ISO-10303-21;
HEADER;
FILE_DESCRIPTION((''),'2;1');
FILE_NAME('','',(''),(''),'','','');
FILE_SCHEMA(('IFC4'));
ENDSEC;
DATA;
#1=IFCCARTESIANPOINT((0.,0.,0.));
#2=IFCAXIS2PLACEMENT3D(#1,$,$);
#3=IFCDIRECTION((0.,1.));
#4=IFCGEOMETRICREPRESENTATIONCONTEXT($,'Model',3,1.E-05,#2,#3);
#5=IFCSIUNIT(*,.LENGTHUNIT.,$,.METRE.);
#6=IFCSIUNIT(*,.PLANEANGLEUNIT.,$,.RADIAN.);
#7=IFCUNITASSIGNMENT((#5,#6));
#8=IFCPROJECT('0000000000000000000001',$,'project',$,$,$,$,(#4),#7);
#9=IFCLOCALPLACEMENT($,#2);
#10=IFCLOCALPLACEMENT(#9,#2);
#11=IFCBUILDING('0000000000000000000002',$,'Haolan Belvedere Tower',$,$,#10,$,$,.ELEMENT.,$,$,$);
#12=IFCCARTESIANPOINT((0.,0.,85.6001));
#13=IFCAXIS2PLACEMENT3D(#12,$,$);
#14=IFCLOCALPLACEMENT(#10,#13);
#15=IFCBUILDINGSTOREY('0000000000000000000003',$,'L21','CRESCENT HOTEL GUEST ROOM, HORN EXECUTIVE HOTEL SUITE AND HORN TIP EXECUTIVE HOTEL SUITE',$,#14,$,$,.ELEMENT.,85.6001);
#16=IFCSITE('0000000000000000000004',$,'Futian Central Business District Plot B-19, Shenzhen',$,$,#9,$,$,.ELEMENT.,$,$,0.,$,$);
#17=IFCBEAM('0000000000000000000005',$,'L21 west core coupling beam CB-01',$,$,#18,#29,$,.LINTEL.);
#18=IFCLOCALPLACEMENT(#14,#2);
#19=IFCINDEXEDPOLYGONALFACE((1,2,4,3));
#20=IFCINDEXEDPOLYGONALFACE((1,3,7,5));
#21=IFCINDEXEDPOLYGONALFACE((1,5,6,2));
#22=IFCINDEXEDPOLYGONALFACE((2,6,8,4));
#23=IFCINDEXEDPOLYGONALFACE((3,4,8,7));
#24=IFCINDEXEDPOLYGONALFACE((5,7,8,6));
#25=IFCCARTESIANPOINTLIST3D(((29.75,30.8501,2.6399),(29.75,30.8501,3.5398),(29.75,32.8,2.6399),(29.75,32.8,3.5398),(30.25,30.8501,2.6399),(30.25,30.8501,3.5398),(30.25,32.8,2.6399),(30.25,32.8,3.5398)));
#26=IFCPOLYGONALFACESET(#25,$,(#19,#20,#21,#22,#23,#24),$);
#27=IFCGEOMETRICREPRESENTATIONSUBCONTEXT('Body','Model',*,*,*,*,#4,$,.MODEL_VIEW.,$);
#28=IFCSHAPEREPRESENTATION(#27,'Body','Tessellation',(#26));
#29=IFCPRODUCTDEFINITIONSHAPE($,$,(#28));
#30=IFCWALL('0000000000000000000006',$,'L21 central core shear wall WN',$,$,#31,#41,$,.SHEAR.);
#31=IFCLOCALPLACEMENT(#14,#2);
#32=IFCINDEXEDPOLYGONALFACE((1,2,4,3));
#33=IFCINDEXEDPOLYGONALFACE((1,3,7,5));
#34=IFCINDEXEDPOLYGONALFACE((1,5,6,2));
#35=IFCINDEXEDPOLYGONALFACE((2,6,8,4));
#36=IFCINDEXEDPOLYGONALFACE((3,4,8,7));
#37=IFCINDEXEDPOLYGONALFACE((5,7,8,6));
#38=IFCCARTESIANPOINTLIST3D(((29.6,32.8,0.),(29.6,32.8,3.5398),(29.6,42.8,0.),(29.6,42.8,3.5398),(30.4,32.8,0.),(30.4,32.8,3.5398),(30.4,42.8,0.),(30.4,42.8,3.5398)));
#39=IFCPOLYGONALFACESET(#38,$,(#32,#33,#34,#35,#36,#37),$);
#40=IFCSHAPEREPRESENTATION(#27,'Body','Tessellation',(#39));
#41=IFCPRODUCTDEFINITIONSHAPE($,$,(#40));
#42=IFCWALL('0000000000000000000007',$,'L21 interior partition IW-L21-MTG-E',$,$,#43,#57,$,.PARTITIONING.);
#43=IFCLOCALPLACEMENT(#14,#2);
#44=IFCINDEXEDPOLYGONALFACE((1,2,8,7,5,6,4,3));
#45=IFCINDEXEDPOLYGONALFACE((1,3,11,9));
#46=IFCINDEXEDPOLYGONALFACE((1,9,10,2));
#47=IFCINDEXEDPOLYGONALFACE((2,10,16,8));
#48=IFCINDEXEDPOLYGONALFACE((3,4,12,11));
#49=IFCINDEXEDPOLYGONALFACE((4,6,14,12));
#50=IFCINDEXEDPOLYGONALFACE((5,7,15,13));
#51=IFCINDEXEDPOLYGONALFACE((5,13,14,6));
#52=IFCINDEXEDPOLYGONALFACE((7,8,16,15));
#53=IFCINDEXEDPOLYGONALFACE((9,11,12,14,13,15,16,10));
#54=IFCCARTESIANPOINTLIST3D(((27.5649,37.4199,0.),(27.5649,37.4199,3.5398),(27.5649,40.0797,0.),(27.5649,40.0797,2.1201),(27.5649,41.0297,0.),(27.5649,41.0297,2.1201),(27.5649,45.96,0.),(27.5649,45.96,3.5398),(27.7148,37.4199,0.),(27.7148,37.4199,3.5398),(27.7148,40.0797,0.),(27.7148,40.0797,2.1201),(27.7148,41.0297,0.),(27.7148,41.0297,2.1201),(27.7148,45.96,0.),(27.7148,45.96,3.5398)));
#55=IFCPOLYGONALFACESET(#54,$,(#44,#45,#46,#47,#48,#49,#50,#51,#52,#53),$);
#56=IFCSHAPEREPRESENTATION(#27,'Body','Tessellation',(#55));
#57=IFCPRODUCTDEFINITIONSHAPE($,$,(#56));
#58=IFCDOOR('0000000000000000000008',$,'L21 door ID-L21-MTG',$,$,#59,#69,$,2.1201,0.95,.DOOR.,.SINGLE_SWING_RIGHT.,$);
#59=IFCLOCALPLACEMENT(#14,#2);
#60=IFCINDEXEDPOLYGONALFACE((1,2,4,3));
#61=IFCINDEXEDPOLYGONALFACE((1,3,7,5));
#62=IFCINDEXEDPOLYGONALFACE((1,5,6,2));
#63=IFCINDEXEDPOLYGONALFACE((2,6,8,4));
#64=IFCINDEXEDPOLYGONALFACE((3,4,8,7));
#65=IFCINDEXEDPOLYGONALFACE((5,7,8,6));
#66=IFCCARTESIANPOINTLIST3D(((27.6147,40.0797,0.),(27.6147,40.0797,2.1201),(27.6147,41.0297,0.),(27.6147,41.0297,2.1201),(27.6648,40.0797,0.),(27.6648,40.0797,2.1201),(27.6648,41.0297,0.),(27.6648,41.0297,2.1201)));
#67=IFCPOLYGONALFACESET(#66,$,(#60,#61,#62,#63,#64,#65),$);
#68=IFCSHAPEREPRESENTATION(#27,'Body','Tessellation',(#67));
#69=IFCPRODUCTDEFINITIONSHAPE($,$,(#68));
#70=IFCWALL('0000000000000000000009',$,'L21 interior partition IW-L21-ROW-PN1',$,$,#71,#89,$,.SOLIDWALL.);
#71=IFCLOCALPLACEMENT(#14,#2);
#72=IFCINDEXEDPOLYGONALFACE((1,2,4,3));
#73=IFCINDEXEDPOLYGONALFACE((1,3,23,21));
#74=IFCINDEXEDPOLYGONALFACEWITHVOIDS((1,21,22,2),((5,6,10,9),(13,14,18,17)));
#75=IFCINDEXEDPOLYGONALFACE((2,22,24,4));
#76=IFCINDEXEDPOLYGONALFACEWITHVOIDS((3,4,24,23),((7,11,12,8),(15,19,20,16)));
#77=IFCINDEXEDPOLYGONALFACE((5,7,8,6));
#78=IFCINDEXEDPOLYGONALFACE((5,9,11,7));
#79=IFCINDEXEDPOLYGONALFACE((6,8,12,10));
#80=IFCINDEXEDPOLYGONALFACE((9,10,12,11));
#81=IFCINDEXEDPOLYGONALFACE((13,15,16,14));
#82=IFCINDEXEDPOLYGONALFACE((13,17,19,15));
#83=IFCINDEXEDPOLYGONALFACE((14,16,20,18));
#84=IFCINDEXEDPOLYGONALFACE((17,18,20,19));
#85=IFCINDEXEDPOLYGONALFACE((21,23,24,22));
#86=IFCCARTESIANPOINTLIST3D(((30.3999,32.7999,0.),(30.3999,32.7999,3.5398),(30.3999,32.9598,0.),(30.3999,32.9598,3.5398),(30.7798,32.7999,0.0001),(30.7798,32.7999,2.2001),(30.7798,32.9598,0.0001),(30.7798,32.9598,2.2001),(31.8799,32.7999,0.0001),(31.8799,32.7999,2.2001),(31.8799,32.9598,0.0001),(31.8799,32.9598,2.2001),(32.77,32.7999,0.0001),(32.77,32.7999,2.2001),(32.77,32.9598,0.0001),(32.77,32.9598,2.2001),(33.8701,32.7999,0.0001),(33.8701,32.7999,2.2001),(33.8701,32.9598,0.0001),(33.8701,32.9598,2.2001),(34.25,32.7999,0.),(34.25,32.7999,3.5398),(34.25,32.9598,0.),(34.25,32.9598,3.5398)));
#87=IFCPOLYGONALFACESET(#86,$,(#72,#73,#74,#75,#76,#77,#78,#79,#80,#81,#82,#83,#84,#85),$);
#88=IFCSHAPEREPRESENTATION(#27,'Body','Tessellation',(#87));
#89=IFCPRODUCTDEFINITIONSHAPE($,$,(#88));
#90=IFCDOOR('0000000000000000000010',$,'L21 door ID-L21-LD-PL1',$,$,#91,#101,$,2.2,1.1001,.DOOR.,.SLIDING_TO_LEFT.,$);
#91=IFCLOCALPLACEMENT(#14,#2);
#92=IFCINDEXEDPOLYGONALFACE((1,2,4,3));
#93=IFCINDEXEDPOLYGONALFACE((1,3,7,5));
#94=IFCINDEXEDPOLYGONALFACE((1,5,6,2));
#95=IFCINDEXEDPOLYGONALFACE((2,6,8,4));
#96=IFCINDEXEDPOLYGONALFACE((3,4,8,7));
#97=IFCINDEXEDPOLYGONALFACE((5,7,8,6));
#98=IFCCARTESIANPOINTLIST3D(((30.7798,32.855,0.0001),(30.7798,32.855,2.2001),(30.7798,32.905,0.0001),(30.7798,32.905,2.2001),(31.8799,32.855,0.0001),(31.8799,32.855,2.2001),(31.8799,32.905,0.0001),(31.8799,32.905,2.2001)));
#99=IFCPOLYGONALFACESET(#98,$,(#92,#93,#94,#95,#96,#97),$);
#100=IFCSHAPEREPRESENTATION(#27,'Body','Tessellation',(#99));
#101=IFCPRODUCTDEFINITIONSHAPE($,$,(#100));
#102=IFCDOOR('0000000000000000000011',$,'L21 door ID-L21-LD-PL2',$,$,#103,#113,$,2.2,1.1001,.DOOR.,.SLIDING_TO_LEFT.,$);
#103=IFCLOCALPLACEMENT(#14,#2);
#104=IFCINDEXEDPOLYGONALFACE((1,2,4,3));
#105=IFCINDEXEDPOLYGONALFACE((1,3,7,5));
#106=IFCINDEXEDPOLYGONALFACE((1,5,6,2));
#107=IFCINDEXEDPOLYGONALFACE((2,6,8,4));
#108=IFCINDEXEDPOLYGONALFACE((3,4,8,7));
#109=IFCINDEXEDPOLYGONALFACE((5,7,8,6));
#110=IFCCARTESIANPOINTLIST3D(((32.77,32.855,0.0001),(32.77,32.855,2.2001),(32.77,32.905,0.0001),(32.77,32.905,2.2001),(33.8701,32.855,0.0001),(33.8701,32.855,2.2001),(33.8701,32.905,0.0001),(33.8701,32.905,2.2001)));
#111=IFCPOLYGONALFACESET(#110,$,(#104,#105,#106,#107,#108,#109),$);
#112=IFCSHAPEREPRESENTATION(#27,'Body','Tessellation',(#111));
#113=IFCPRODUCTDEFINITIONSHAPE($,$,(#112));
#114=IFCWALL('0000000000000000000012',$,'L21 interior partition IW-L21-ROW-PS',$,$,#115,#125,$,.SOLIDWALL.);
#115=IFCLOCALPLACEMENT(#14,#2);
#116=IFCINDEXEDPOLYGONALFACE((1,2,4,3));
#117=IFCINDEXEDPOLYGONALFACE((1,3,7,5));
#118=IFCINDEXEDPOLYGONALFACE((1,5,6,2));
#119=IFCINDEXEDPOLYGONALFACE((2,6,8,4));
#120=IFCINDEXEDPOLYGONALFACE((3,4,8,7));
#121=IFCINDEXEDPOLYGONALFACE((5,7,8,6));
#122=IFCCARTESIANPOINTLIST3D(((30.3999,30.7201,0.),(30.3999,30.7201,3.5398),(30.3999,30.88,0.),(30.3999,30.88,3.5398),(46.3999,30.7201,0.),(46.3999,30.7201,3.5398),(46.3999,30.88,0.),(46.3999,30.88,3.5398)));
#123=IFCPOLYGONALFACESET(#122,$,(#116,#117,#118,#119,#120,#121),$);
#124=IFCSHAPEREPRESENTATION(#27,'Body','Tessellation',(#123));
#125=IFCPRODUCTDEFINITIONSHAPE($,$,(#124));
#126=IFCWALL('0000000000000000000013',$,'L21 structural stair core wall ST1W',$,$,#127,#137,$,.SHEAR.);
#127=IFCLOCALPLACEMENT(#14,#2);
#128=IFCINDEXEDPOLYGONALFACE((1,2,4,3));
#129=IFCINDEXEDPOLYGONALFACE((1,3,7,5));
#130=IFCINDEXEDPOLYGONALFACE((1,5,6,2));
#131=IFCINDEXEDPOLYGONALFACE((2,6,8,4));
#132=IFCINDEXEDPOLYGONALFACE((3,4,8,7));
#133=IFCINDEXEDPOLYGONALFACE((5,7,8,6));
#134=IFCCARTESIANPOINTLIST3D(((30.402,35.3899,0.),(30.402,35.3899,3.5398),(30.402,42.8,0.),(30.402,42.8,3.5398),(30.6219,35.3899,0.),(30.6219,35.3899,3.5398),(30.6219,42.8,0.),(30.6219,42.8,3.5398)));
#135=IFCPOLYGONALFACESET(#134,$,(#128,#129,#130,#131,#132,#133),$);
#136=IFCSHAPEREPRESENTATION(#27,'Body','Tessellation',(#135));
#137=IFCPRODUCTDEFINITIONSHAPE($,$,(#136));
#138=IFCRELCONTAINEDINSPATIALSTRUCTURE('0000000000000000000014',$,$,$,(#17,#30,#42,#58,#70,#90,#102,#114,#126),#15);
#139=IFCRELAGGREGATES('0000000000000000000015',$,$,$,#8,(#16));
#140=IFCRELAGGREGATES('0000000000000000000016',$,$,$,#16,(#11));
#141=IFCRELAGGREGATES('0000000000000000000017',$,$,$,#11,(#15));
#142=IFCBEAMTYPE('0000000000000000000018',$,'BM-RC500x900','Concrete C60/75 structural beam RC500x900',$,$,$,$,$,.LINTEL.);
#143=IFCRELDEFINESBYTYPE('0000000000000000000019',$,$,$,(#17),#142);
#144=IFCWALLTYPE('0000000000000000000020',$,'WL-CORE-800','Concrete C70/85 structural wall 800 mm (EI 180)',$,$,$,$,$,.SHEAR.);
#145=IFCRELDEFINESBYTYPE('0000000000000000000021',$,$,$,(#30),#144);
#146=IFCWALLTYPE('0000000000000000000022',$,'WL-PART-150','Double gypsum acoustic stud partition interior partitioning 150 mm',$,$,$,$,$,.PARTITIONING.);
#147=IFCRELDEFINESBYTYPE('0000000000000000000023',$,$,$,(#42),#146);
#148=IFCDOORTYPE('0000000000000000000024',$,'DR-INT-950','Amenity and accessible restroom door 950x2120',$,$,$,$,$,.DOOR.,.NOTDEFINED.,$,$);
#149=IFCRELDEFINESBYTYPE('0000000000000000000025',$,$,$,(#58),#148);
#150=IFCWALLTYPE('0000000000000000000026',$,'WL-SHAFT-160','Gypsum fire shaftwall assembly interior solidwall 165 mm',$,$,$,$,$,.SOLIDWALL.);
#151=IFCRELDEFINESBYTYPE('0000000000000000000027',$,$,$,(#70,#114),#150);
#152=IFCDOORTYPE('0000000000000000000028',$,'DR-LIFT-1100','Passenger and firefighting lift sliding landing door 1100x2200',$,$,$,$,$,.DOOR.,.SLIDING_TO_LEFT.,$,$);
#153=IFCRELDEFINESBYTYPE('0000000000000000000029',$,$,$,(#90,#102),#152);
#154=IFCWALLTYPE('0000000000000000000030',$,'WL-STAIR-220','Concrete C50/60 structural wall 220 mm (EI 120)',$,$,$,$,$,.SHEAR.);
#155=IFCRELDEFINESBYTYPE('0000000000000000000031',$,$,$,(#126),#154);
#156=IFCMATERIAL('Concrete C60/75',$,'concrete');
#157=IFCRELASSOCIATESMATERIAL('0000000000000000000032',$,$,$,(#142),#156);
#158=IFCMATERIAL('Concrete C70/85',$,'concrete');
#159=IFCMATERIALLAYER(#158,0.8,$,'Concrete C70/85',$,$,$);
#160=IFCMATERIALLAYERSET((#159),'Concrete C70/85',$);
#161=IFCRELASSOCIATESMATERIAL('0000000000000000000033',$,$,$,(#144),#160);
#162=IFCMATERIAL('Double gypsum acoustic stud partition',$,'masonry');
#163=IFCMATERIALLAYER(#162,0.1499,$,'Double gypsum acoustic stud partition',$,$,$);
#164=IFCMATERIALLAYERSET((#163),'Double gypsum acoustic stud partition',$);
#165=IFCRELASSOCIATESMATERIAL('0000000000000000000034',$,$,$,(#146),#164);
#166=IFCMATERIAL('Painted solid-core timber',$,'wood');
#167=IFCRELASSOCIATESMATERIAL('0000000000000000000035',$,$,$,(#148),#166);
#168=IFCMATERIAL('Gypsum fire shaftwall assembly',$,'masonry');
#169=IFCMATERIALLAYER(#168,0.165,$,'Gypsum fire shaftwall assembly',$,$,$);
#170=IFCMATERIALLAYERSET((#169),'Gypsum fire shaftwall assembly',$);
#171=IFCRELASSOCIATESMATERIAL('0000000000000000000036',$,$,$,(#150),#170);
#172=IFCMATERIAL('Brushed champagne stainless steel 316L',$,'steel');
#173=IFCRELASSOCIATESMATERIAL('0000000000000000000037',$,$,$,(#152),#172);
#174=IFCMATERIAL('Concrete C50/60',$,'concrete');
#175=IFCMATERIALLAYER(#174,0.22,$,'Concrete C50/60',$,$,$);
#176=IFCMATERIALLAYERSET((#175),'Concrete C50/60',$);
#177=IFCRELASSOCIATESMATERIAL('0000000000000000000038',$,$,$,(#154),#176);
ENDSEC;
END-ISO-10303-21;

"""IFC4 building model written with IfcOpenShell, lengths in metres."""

from ifc_helpers import new_model, si_unit, direction, frame, frame_2d, origin, origin_2d, place, context, subcontext, project, spatial, rectangle, extrude, material, layer, layer_set, material_profile, profile_set, type_object, element, fill, save


model = new_model("IFC4")

# Units and contexts
model_context = context("Model", 3, precision=1e-05, world=origin(), true_north=direction((0.0, 1.0)))
body_context = subcontext(model_context, "Body", "Model", "MODEL_VIEW")
ifc_project = project(units=[si_unit("LENGTHUNIT", "METRE"), si_unit("PLANEANGLEUNIT", "RADIAN")], contexts=[model_context])

# Site, building, storey
site_placement = place(None, origin())
site = spatial("IfcSite", under=ifc_project, at=site_placement, Name="Futian Central Business District Plot B-19, Shenzhen", CompositionType="ELEMENT", RefElevation=0.0)
building_placement = place(site_placement, origin())
building = spatial("IfcBuilding", under=site, at=building_placement, Name="Haolan Belvedere Tower", CompositionType="ELEMENT")
storey_placement = place(building_placement, frame((0.0, 0.0, 85.6001)))
storey = spatial("IfcBuildingStorey", under=building, at=storey_placement, Name="L21", Description="CRESCENT HOTEL GUEST ROOM, HORN EXECUTIVE HOTEL SUITE AND HORN TIP EXECUTIVE HOTEL SUITE", CompositionType="ELEMENT", Elevation=85.6001)

# Beam
ifc_material_1 = material(Name="Concrete C60/75", Category="concrete")
ifc_material_profile = material_profile(ifc_material_1, rectangle(XDim=0.5, YDim=0.8999, at=origin_2d()), Name="Concrete C60/75")
ifc_profile_set = profile_set([ifc_material_profile], Name="Concrete C60/75")
beam_type = type_object("IfcBeamType", Name="BM-RC500x900", Description="Concrete C60/75 structural beam RC500x900", PredefinedType="LINTEL", material=ifc_profile_set)
beam_placement = place(storey_placement, frame((30.0, 30.8501, 3.0898), z_axis=(0.0, 1.0, 0.0), x_axis=(-1.0, 0.0, 0.0)))
element("IfcBeam", 1, at=beam_placement, inside=storey, type_object=beam_type, Name="L21 west core coupling beam CB-01", PredefinedType="LINTEL", context=body_context, shape_type="SweptSolid", body=[
    extrude(rectangle(XDim=0.5, YDim=0.8999, at=origin_2d()), origin(), (0.0, 0.0, 1.0), 1.95),
])

# Wall
ifc_material_2 = material(Name="Concrete C70/85", Category="concrete")
ifc_layer_1 = layer(ifc_material_2, 0.8, Name="Concrete C70/85")
ifc_layer_set_1 = layer_set([ifc_layer_1], Name="Concrete C70/85")
wall_type_1 = type_object("IfcWallType", Name="WL-CORE-800", Description="Concrete C70/85 structural wall 800 mm (EI 180)", PredefinedType="SHEAR", material=ifc_layer_set_1)
wall_1_placement = place(storey_placement, frame((30.0, 32.8, 0.0), z_axis=(0.0, 0.0, 1.0), x_axis=(0.0, 1.0, 0.0)))
element("IfcWall", 2, at=wall_1_placement, inside=storey, type_object=wall_type_1, Name="L21 central core shear wall WN", PredefinedType="SHEAR", context=body_context, shape_type="SweptSolid", body=[
    extrude(rectangle(XDim=10.0, YDim=0.8, at=frame_2d((5.0, 0.0))), origin(), (0.0, 0.0, 1.0), 3.5398),
])

# Wall, opening, door
ifc_material_3 = material(Name="Double gypsum acoustic stud partition", Category="masonry")
ifc_layer_2 = layer(ifc_material_3, 0.1499, Name="Double gypsum acoustic stud partition")
ifc_layer_set_2 = layer_set([ifc_layer_2], Name="Double gypsum acoustic stud partition")
wall_type_2 = type_object("IfcWallType", Name="WL-PART-150", Description="Double gypsum acoustic stud partition interior partitioning 150 mm", PredefinedType="PARTITIONING", material=ifc_layer_set_2)
ifc_material_4 = material(Name="Painted solid-core timber", Category="wood")
door_type_1 = type_object("IfcDoorType", Name="DR-INT-950", Description="Amenity and accessible restroom door 950x2120", OperationType="NOTDEFINED", PredefinedType="DOOR", material=ifc_material_4)
wall_2_placement = place(storey_placement, frame((27.6399, 37.4199, 0.0), z_axis=(0.0, 0.0, 1.0), x_axis=(0.0, 1.0, 0.0)))
wall_2 = element("IfcWall", 3, at=wall_2_placement, inside=storey, type_object=wall_type_2, Name="L21 interior partition IW-L21-MTG-E", PredefinedType="PARTITIONING", context=body_context, shape_type="SweptSolid", body=[
    extrude(rectangle(XDim=8.54, YDim=0.1499, at=frame_2d((4.27, 0.0))), origin(), (0.0, 0.0, 1.0), 3.5398),
])
opening_1_placement = place(wall_2_placement, frame((3.6099, 0.0, 0.0), z_axis=(0.0, 0.0, 1.0), x_axis=(-1.0, 0.0, 0.0)))
opening_1 = element("IfcOpeningElement", 4, at=opening_1_placement, cuts=wall_2, PredefinedType="OPENING", context=body_context, shape_type="SweptSolid", body=[
    extrude(rectangle(XDim=0.95, YDim=2.1201, at=frame_2d((0.4751, 1.0601))), frame((0.0, 0.085, 0.0), z_axis=(0.0, -1.0, 0.0), x_axis=(1.0, 0.0, 0.0)), (0.0, 0.0, 1.0), 0.1699),
])
door_1_placement = place(opening_1_placement, origin())
door_1 = element("IfcDoor", 5, at=door_1_placement, inside=storey, type_object=door_type_1, Name="L21 door ID-L21-MTG", OperationType="SINGLE_SWING_RIGHT", OverallHeight=2.1201, OverallWidth=0.95, PredefinedType="DOOR", context=body_context, shape_type="SweptSolid", body=[
    extrude(rectangle(XDim=0.95, YDim=2.1201, at=frame_2d((0.4751, 1.0601))), frame((0.0, 0.0249, 0.0), z_axis=(0.0, -1.0, 0.0), x_axis=(1.0, 0.0, 0.0)), (0.0, 0.0, 1.0), 0.05),
])
fill(opening_1, door_1)

# Wall, openings, doors
ifc_material_5 = material(Name="Gypsum fire shaftwall assembly", Category="masonry")
ifc_layer_3 = layer(ifc_material_5, 0.165, Name="Gypsum fire shaftwall assembly")
ifc_layer_set_3 = layer_set([ifc_layer_3], Name="Gypsum fire shaftwall assembly")
wall_type_3 = type_object("IfcWallType", Name="WL-SHAFT-160", Description="Gypsum fire shaftwall assembly interior solidwall 165 mm", PredefinedType="SOLIDWALL", material=ifc_layer_set_3)
wall_3_placement = place(storey_placement, frame((30.3999, 32.8799, 0.0), z_axis=(0.0, 0.0, 1.0), x_axis=(1.0, 0.0, 0.0)))
wall_3 = element("IfcWall", 6, at=wall_3_placement, inside=storey, type_object=wall_type_3, Name="L21 interior partition IW-L21-ROW-PN1", PredefinedType="SOLIDWALL", context=body_context, shape_type="SweptSolid", body=[
    extrude(rectangle(XDim=3.8501, YDim=0.1599, at=frame_2d((1.925, 0.0))), origin(), (0.0, 0.0, 1.0), 3.5398),
])
opening_2_placement = place(wall_3_placement, frame((1.48, 0.0, 0.0), z_axis=(0.0, 0.0, 1.0), x_axis=(-1.0, 0.0, 0.0)))
opening_2 = element("IfcOpeningElement", 7, at=opening_2_placement, cuts=wall_3, PredefinedType="OPENING", context=body_context, shape_type="SweptSolid", body=[
    extrude(rectangle(XDim=1.1001, YDim=2.2, at=frame_2d((0.55, 1.1001))), frame((0.0, 0.0898, 0.0), z_axis=(0.0, -1.0, 0.0), x_axis=(1.0, 0.0, 0.0)), (0.0, 0.0, 1.0), 0.1799),
])
opening_3_placement = place(wall_3_placement, frame((3.4702, 0.0, 0.0), z_axis=(0.0, 0.0, 1.0), x_axis=(-1.0, 0.0, 0.0)))
opening_3 = element("IfcOpeningElement", 8, at=opening_3_placement, cuts=wall_3, PredefinedType="OPENING", context=body_context, shape_type="SweptSolid", body=[
    extrude(rectangle(XDim=1.1001, YDim=2.2, at=frame_2d((0.55, 1.1001))), frame((0.0, 0.0898, 0.0), z_axis=(0.0, -1.0, 0.0), x_axis=(1.0, 0.0, 0.0)), (0.0, 0.0, 1.0), 0.1799),
])
ifc_material_6 = material(Name="Brushed champagne stainless steel 316L", Category="steel")
door_type_2 = type_object("IfcDoorType", Name="DR-LIFT-1100", Description="Passenger and firefighting lift sliding landing door 1100x2200", OperationType="SLIDING_TO_LEFT", PredefinedType="DOOR", material=ifc_material_6)
door_2_placement = place(opening_2_placement, origin())
door_2 = element("IfcDoor", 9, at=door_2_placement, inside=storey, type_object=door_type_2, Name="L21 door ID-L21-LD-PL1", OperationType="SLIDING_TO_LEFT", OverallHeight=2.2, OverallWidth=1.1001, PredefinedType="DOOR", context=body_context, shape_type="SweptSolid", body=[
    extrude(rectangle(XDim=1.1001, YDim=2.2, at=frame_2d((0.55, 1.1001))), frame((0.0, 0.0249, 0.0), z_axis=(0.0, -1.0, 0.0), x_axis=(1.0, 0.0, 0.0)), (0.0, 0.0, 1.0), 0.05),
])
fill(opening_2, door_2)
door_3_placement = place(opening_3_placement, origin())
door_3 = element("IfcDoor", 10, at=door_3_placement, inside=storey, type_object=door_type_2, Name="L21 door ID-L21-LD-PL2", OperationType="SLIDING_TO_LEFT", OverallHeight=2.2, OverallWidth=1.1001, PredefinedType="DOOR", context=body_context, shape_type="SweptSolid", body=[
    extrude(rectangle(XDim=1.1001, YDim=2.2, at=frame_2d((0.55, 1.1001))), frame((0.0, 0.0249, 0.0), z_axis=(0.0, -1.0, 0.0), x_axis=(1.0, 0.0, 0.0)), (0.0, 0.0, 1.0), 0.05),
])
fill(opening_3, door_3)

# Walls
wall_4_placement = place(storey_placement, frame((30.3999, 30.8, 0.0), z_axis=(0.0, 0.0, 1.0), x_axis=(1.0, 0.0, 0.0)))
element("IfcWall", 11, at=wall_4_placement, inside=storey, type_object=wall_type_3, Name="L21 interior partition IW-L21-ROW-PS", PredefinedType="SOLIDWALL", context=body_context, shape_type="SweptSolid", body=[
    extrude(rectangle(XDim=16.0, YDim=0.1599, at=frame_2d((8.0, 0.0))), origin(), (0.0, 0.0, 1.0), 3.5398),
])
ifc_material_7 = material(Name="Concrete C50/60", Category="concrete")
ifc_layer_4 = layer(ifc_material_7, 0.22, Name="Concrete C50/60")
ifc_layer_set_4 = layer_set([ifc_layer_4], Name="Concrete C50/60")
wall_type_4 = type_object("IfcWallType", Name="WL-STAIR-220", Description="Concrete C50/60 structural wall 220 mm (EI 120)", PredefinedType="SHEAR", material=ifc_layer_set_4)
wall_5_placement = place(storey_placement, frame((30.512, 35.3899, 0.0), z_axis=(0.0, 0.0, 1.0), x_axis=(0.0, 1.0, 0.0)))
element("IfcWall", 12, at=wall_5_placement, inside=storey, type_object=wall_type_4, Name="L21 structural stair core wall ST1W", PredefinedType="SHEAR", context=body_context, shape_type="SweptSolid", body=[
    extrude(rectangle(XDim=7.4102, YDim=0.22, at=frame_2d((3.7051, 0.0))), origin(), (0.0, 0.0, 1.0), 3.5398),
])

save(model, "model.ifc")
